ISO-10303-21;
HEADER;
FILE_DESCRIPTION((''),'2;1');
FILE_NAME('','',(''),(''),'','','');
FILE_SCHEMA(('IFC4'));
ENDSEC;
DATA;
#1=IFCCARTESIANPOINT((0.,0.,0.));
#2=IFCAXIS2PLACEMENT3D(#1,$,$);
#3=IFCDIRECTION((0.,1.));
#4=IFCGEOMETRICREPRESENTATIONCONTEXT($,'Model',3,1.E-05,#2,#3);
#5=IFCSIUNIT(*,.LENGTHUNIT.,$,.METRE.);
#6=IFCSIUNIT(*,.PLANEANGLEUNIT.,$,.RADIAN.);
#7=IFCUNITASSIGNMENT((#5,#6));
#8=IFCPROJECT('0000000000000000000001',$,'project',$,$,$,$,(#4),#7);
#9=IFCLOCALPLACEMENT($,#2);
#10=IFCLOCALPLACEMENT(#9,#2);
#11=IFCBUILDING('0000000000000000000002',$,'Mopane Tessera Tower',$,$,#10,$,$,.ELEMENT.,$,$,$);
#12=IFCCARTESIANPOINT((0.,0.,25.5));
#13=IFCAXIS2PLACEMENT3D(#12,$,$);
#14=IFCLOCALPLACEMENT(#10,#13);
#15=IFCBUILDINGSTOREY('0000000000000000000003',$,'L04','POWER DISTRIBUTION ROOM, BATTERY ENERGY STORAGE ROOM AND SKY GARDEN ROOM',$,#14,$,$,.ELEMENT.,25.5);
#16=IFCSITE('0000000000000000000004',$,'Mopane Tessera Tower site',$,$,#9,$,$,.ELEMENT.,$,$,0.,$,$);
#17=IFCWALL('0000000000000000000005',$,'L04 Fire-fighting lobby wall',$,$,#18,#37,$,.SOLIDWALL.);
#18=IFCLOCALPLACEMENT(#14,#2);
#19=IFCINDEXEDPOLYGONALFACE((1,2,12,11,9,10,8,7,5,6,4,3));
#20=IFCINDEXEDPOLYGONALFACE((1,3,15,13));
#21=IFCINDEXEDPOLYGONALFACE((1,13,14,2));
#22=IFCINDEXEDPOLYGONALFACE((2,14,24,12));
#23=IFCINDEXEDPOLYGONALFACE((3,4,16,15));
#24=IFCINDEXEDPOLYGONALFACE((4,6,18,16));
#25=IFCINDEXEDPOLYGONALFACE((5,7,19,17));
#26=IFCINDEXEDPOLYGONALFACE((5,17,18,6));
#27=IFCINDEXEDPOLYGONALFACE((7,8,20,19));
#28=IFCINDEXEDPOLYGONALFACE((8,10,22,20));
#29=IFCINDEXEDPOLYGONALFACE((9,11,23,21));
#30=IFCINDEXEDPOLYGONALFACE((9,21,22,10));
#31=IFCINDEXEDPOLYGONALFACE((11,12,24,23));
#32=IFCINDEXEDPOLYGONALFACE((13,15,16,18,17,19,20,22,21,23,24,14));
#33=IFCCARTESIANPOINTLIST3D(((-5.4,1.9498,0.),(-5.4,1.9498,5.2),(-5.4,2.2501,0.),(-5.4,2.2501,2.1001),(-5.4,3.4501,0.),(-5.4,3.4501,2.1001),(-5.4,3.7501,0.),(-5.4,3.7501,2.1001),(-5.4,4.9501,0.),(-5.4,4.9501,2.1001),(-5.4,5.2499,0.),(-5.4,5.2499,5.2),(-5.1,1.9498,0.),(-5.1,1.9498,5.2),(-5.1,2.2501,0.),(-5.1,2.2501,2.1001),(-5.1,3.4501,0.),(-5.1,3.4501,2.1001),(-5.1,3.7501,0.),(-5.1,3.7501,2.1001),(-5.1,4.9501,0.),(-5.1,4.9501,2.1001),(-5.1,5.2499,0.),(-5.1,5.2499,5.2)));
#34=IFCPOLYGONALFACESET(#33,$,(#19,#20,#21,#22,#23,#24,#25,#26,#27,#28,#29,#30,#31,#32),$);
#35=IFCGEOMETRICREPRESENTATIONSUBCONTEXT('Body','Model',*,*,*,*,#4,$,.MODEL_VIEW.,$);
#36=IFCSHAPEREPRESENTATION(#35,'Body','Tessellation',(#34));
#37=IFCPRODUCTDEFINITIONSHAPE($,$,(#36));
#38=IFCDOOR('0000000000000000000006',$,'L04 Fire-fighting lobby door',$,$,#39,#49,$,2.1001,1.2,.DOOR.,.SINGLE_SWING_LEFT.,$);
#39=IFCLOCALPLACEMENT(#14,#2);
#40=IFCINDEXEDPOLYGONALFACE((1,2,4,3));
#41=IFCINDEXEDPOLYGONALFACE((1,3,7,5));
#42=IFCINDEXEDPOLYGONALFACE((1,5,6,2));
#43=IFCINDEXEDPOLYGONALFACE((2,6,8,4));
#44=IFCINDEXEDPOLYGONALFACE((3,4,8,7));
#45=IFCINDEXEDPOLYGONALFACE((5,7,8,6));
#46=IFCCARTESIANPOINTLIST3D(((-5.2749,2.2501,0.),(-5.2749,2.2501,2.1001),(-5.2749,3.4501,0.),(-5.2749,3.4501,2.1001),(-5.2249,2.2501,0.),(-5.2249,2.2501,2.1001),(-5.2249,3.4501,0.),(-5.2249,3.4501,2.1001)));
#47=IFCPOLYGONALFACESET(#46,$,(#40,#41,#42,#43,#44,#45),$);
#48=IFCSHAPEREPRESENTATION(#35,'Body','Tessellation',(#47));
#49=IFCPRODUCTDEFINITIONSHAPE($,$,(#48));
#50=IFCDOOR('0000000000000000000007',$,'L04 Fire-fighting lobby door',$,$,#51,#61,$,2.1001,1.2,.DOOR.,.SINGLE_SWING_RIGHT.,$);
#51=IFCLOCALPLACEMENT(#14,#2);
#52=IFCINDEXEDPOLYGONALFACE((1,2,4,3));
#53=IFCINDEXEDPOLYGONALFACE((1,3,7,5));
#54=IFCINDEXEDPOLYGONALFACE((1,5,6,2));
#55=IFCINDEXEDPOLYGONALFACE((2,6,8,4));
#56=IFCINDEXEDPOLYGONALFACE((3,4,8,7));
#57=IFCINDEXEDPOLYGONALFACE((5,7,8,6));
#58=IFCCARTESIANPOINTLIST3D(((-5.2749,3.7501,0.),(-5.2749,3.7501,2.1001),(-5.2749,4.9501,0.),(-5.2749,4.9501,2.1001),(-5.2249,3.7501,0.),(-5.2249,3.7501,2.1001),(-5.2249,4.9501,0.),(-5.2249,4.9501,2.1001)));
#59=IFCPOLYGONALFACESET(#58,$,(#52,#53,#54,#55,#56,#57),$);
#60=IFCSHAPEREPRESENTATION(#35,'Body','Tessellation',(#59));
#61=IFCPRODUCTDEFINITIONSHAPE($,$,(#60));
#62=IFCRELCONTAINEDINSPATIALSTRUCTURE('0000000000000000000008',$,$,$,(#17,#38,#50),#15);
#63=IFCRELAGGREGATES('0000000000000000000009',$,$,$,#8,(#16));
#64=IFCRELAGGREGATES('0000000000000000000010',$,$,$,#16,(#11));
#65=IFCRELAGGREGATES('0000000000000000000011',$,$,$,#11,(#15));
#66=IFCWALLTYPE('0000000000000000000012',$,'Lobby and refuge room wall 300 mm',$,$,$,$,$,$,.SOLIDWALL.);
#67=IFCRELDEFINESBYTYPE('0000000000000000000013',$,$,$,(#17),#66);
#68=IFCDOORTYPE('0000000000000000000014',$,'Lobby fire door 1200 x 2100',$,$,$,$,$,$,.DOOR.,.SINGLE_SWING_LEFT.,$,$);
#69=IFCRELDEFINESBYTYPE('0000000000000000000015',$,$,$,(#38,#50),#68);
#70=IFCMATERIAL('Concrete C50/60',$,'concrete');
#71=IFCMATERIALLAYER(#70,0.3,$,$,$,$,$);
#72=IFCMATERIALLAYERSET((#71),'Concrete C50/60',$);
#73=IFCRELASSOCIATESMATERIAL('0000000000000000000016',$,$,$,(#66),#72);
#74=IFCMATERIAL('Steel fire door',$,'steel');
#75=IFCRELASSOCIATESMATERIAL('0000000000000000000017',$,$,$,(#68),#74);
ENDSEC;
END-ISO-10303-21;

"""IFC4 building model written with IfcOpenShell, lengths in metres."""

from ifc_helpers import new_model, si_unit, direction, frame, frame_2d, origin, place, context, subcontext, project, spatial, rectangle, extrude, material, layer, layer_set, type_object, element, fill, save


model = new_model("IFC4")

# Units and contexts
model_context = context("Model", 3, precision=1e-05, world=origin(), true_north=direction((0.0, 1.0)))
body_context = subcontext(model_context, "Body", "Model", "MODEL_VIEW")
ifc_project = project(units=[si_unit("LENGTHUNIT", "METRE"), si_unit("PLANEANGLEUNIT", "RADIAN")], contexts=[model_context])

# Site, building, storey
site_placement = place(None, origin())
site = spatial("IfcSite", under=ifc_project, at=site_placement, Name="Mopane Tessera Tower site", CompositionType="ELEMENT", RefElevation=0.0)
building_placement = place(site_placement, origin())
building = spatial("IfcBuilding", under=site, at=building_placement, Name="Mopane Tessera Tower", CompositionType="ELEMENT")
storey_placement = place(building_placement, frame((0.0, 0.0, 25.5)))
storey = spatial("IfcBuildingStorey", under=building, at=storey_placement, Name="L04", Description="POWER DISTRIBUTION ROOM, BATTERY ENERGY STORAGE ROOM AND SKY GARDEN ROOM", CompositionType="ELEMENT", Elevation=25.5)

# Wall, openings, doors
ifc_material_1 = material(Name="Concrete C50/60", Category="concrete")
ifc_layer_1 = layer(ifc_material_1, 0.3)
ifc_layer_set_1 = layer_set([ifc_layer_1], Name="Concrete C50/60")
wall_type_1 = type_object("IfcWallType", Name="Lobby and refuge room wall 300 mm", PredefinedType="SOLIDWALL", material=ifc_layer_set_1)
wall_1_placement = place(storey_placement, frame((-5.25, 1.95, 0.0), z_axis=(0.0, 0.0, 1.0), x_axis=(0.0, 1.0, 0.0)))
wall_1 = element("IfcWall", 1, at=wall_1_placement, inside=storey, type_object=wall_type_1, Name="L04 Fire-fighting lobby wall", PredefinedType="SOLIDWALL", context=body_context, shape_type="SweptSolid", body=[
    extrude(rectangle(XDim=3.3, YDim=0.3, at=frame_2d((1.6499, 0.0))), origin(), (0.0, 0.0, 1.0), 5.2),
])
opening_1_placement = place(wall_1_placement, frame((0.3, 0.0, 0.0)))
opening_1 = element("IfcOpeningElement", 2, at=opening_1_placement, cuts=wall_1, PredefinedType="OPENING", context=body_context, shape_type="SweptSolid", body=[
    extrude(rectangle(XDim=1.2, YDim=2.1001, at=frame_2d((0.6001, 1.05))), frame((0.0, 0.1621, 0.0), z_axis=(0.0, -1.0, 0.0), x_axis=(1.0, 0.0, 0.0)), (0.0, 0.0, 1.0), 0.324),
])
opening_2_placement = place(wall_1_placement, frame((1.8, 0.0, 0.0)))
opening_2 = element("IfcOpeningElement", 3, at=opening_2_placement, cuts=wall_1, PredefinedType="OPENING", context=body_context, shape_type="SweptSolid", body=[
    extrude(rectangle(XDim=1.2, YDim=2.1001, at=frame_2d((0.6001, 1.05))), frame((0.0, 0.1621, 0.0), z_axis=(0.0, -1.0, 0.0), x_axis=(1.0, 0.0, 0.0)), (0.0, 0.0, 1.0), 0.324),
])
ifc_material_2 = material(Name="Steel fire door", Category="steel")
door_type = type_object("IfcDoorType", Name="Lobby fire door 1200 x 2100", OperationType="SINGLE_SWING_LEFT", PredefinedType="DOOR", material=ifc_material_2)
door_1_placement = place(opening_1_placement, origin())
door_1 = element("IfcDoor", 4, at=door_1_placement, inside=storey, type_object=door_type, Name="L04 Fire-fighting lobby door", OperationType="SINGLE_SWING_LEFT", OverallHeight=2.1001, OverallWidth=1.2, PredefinedType="DOOR", context=body_context, shape_type="SweptSolid", body=[
    extrude(rectangle(XDim=1.2, YDim=2.1001, at=frame_2d((0.6001, 1.05))), frame((0.0, 0.0249, 0.0), z_axis=(0.0, -1.0, 0.0), x_axis=(1.0, 0.0, 0.0)), (0.0, 0.0, 1.0), 0.05),
])
fill(opening_1, door_1)
door_2_placement = place(opening_2_placement, origin())
door_2 = element("IfcDoor", 5, at=door_2_placement, inside=storey, type_object=door_type, Name="L04 Fire-fighting lobby door", OperationType="SINGLE_SWING_RIGHT", OverallHeight=2.1001, OverallWidth=1.2, PredefinedType="DOOR", context=body_context, shape_type="SweptSolid", body=[
    extrude(rectangle(XDim=1.2, YDim=2.1001, at=frame_2d((0.6001, 1.05))), frame((0.0, 0.0249, 0.0), z_axis=(0.0, -1.0, 0.0), x_axis=(1.0, 0.0, 0.0)), (0.0, 0.0, 1.0), 0.05),
])
fill(opening_2, door_2)

save(model, "model.ifc")
